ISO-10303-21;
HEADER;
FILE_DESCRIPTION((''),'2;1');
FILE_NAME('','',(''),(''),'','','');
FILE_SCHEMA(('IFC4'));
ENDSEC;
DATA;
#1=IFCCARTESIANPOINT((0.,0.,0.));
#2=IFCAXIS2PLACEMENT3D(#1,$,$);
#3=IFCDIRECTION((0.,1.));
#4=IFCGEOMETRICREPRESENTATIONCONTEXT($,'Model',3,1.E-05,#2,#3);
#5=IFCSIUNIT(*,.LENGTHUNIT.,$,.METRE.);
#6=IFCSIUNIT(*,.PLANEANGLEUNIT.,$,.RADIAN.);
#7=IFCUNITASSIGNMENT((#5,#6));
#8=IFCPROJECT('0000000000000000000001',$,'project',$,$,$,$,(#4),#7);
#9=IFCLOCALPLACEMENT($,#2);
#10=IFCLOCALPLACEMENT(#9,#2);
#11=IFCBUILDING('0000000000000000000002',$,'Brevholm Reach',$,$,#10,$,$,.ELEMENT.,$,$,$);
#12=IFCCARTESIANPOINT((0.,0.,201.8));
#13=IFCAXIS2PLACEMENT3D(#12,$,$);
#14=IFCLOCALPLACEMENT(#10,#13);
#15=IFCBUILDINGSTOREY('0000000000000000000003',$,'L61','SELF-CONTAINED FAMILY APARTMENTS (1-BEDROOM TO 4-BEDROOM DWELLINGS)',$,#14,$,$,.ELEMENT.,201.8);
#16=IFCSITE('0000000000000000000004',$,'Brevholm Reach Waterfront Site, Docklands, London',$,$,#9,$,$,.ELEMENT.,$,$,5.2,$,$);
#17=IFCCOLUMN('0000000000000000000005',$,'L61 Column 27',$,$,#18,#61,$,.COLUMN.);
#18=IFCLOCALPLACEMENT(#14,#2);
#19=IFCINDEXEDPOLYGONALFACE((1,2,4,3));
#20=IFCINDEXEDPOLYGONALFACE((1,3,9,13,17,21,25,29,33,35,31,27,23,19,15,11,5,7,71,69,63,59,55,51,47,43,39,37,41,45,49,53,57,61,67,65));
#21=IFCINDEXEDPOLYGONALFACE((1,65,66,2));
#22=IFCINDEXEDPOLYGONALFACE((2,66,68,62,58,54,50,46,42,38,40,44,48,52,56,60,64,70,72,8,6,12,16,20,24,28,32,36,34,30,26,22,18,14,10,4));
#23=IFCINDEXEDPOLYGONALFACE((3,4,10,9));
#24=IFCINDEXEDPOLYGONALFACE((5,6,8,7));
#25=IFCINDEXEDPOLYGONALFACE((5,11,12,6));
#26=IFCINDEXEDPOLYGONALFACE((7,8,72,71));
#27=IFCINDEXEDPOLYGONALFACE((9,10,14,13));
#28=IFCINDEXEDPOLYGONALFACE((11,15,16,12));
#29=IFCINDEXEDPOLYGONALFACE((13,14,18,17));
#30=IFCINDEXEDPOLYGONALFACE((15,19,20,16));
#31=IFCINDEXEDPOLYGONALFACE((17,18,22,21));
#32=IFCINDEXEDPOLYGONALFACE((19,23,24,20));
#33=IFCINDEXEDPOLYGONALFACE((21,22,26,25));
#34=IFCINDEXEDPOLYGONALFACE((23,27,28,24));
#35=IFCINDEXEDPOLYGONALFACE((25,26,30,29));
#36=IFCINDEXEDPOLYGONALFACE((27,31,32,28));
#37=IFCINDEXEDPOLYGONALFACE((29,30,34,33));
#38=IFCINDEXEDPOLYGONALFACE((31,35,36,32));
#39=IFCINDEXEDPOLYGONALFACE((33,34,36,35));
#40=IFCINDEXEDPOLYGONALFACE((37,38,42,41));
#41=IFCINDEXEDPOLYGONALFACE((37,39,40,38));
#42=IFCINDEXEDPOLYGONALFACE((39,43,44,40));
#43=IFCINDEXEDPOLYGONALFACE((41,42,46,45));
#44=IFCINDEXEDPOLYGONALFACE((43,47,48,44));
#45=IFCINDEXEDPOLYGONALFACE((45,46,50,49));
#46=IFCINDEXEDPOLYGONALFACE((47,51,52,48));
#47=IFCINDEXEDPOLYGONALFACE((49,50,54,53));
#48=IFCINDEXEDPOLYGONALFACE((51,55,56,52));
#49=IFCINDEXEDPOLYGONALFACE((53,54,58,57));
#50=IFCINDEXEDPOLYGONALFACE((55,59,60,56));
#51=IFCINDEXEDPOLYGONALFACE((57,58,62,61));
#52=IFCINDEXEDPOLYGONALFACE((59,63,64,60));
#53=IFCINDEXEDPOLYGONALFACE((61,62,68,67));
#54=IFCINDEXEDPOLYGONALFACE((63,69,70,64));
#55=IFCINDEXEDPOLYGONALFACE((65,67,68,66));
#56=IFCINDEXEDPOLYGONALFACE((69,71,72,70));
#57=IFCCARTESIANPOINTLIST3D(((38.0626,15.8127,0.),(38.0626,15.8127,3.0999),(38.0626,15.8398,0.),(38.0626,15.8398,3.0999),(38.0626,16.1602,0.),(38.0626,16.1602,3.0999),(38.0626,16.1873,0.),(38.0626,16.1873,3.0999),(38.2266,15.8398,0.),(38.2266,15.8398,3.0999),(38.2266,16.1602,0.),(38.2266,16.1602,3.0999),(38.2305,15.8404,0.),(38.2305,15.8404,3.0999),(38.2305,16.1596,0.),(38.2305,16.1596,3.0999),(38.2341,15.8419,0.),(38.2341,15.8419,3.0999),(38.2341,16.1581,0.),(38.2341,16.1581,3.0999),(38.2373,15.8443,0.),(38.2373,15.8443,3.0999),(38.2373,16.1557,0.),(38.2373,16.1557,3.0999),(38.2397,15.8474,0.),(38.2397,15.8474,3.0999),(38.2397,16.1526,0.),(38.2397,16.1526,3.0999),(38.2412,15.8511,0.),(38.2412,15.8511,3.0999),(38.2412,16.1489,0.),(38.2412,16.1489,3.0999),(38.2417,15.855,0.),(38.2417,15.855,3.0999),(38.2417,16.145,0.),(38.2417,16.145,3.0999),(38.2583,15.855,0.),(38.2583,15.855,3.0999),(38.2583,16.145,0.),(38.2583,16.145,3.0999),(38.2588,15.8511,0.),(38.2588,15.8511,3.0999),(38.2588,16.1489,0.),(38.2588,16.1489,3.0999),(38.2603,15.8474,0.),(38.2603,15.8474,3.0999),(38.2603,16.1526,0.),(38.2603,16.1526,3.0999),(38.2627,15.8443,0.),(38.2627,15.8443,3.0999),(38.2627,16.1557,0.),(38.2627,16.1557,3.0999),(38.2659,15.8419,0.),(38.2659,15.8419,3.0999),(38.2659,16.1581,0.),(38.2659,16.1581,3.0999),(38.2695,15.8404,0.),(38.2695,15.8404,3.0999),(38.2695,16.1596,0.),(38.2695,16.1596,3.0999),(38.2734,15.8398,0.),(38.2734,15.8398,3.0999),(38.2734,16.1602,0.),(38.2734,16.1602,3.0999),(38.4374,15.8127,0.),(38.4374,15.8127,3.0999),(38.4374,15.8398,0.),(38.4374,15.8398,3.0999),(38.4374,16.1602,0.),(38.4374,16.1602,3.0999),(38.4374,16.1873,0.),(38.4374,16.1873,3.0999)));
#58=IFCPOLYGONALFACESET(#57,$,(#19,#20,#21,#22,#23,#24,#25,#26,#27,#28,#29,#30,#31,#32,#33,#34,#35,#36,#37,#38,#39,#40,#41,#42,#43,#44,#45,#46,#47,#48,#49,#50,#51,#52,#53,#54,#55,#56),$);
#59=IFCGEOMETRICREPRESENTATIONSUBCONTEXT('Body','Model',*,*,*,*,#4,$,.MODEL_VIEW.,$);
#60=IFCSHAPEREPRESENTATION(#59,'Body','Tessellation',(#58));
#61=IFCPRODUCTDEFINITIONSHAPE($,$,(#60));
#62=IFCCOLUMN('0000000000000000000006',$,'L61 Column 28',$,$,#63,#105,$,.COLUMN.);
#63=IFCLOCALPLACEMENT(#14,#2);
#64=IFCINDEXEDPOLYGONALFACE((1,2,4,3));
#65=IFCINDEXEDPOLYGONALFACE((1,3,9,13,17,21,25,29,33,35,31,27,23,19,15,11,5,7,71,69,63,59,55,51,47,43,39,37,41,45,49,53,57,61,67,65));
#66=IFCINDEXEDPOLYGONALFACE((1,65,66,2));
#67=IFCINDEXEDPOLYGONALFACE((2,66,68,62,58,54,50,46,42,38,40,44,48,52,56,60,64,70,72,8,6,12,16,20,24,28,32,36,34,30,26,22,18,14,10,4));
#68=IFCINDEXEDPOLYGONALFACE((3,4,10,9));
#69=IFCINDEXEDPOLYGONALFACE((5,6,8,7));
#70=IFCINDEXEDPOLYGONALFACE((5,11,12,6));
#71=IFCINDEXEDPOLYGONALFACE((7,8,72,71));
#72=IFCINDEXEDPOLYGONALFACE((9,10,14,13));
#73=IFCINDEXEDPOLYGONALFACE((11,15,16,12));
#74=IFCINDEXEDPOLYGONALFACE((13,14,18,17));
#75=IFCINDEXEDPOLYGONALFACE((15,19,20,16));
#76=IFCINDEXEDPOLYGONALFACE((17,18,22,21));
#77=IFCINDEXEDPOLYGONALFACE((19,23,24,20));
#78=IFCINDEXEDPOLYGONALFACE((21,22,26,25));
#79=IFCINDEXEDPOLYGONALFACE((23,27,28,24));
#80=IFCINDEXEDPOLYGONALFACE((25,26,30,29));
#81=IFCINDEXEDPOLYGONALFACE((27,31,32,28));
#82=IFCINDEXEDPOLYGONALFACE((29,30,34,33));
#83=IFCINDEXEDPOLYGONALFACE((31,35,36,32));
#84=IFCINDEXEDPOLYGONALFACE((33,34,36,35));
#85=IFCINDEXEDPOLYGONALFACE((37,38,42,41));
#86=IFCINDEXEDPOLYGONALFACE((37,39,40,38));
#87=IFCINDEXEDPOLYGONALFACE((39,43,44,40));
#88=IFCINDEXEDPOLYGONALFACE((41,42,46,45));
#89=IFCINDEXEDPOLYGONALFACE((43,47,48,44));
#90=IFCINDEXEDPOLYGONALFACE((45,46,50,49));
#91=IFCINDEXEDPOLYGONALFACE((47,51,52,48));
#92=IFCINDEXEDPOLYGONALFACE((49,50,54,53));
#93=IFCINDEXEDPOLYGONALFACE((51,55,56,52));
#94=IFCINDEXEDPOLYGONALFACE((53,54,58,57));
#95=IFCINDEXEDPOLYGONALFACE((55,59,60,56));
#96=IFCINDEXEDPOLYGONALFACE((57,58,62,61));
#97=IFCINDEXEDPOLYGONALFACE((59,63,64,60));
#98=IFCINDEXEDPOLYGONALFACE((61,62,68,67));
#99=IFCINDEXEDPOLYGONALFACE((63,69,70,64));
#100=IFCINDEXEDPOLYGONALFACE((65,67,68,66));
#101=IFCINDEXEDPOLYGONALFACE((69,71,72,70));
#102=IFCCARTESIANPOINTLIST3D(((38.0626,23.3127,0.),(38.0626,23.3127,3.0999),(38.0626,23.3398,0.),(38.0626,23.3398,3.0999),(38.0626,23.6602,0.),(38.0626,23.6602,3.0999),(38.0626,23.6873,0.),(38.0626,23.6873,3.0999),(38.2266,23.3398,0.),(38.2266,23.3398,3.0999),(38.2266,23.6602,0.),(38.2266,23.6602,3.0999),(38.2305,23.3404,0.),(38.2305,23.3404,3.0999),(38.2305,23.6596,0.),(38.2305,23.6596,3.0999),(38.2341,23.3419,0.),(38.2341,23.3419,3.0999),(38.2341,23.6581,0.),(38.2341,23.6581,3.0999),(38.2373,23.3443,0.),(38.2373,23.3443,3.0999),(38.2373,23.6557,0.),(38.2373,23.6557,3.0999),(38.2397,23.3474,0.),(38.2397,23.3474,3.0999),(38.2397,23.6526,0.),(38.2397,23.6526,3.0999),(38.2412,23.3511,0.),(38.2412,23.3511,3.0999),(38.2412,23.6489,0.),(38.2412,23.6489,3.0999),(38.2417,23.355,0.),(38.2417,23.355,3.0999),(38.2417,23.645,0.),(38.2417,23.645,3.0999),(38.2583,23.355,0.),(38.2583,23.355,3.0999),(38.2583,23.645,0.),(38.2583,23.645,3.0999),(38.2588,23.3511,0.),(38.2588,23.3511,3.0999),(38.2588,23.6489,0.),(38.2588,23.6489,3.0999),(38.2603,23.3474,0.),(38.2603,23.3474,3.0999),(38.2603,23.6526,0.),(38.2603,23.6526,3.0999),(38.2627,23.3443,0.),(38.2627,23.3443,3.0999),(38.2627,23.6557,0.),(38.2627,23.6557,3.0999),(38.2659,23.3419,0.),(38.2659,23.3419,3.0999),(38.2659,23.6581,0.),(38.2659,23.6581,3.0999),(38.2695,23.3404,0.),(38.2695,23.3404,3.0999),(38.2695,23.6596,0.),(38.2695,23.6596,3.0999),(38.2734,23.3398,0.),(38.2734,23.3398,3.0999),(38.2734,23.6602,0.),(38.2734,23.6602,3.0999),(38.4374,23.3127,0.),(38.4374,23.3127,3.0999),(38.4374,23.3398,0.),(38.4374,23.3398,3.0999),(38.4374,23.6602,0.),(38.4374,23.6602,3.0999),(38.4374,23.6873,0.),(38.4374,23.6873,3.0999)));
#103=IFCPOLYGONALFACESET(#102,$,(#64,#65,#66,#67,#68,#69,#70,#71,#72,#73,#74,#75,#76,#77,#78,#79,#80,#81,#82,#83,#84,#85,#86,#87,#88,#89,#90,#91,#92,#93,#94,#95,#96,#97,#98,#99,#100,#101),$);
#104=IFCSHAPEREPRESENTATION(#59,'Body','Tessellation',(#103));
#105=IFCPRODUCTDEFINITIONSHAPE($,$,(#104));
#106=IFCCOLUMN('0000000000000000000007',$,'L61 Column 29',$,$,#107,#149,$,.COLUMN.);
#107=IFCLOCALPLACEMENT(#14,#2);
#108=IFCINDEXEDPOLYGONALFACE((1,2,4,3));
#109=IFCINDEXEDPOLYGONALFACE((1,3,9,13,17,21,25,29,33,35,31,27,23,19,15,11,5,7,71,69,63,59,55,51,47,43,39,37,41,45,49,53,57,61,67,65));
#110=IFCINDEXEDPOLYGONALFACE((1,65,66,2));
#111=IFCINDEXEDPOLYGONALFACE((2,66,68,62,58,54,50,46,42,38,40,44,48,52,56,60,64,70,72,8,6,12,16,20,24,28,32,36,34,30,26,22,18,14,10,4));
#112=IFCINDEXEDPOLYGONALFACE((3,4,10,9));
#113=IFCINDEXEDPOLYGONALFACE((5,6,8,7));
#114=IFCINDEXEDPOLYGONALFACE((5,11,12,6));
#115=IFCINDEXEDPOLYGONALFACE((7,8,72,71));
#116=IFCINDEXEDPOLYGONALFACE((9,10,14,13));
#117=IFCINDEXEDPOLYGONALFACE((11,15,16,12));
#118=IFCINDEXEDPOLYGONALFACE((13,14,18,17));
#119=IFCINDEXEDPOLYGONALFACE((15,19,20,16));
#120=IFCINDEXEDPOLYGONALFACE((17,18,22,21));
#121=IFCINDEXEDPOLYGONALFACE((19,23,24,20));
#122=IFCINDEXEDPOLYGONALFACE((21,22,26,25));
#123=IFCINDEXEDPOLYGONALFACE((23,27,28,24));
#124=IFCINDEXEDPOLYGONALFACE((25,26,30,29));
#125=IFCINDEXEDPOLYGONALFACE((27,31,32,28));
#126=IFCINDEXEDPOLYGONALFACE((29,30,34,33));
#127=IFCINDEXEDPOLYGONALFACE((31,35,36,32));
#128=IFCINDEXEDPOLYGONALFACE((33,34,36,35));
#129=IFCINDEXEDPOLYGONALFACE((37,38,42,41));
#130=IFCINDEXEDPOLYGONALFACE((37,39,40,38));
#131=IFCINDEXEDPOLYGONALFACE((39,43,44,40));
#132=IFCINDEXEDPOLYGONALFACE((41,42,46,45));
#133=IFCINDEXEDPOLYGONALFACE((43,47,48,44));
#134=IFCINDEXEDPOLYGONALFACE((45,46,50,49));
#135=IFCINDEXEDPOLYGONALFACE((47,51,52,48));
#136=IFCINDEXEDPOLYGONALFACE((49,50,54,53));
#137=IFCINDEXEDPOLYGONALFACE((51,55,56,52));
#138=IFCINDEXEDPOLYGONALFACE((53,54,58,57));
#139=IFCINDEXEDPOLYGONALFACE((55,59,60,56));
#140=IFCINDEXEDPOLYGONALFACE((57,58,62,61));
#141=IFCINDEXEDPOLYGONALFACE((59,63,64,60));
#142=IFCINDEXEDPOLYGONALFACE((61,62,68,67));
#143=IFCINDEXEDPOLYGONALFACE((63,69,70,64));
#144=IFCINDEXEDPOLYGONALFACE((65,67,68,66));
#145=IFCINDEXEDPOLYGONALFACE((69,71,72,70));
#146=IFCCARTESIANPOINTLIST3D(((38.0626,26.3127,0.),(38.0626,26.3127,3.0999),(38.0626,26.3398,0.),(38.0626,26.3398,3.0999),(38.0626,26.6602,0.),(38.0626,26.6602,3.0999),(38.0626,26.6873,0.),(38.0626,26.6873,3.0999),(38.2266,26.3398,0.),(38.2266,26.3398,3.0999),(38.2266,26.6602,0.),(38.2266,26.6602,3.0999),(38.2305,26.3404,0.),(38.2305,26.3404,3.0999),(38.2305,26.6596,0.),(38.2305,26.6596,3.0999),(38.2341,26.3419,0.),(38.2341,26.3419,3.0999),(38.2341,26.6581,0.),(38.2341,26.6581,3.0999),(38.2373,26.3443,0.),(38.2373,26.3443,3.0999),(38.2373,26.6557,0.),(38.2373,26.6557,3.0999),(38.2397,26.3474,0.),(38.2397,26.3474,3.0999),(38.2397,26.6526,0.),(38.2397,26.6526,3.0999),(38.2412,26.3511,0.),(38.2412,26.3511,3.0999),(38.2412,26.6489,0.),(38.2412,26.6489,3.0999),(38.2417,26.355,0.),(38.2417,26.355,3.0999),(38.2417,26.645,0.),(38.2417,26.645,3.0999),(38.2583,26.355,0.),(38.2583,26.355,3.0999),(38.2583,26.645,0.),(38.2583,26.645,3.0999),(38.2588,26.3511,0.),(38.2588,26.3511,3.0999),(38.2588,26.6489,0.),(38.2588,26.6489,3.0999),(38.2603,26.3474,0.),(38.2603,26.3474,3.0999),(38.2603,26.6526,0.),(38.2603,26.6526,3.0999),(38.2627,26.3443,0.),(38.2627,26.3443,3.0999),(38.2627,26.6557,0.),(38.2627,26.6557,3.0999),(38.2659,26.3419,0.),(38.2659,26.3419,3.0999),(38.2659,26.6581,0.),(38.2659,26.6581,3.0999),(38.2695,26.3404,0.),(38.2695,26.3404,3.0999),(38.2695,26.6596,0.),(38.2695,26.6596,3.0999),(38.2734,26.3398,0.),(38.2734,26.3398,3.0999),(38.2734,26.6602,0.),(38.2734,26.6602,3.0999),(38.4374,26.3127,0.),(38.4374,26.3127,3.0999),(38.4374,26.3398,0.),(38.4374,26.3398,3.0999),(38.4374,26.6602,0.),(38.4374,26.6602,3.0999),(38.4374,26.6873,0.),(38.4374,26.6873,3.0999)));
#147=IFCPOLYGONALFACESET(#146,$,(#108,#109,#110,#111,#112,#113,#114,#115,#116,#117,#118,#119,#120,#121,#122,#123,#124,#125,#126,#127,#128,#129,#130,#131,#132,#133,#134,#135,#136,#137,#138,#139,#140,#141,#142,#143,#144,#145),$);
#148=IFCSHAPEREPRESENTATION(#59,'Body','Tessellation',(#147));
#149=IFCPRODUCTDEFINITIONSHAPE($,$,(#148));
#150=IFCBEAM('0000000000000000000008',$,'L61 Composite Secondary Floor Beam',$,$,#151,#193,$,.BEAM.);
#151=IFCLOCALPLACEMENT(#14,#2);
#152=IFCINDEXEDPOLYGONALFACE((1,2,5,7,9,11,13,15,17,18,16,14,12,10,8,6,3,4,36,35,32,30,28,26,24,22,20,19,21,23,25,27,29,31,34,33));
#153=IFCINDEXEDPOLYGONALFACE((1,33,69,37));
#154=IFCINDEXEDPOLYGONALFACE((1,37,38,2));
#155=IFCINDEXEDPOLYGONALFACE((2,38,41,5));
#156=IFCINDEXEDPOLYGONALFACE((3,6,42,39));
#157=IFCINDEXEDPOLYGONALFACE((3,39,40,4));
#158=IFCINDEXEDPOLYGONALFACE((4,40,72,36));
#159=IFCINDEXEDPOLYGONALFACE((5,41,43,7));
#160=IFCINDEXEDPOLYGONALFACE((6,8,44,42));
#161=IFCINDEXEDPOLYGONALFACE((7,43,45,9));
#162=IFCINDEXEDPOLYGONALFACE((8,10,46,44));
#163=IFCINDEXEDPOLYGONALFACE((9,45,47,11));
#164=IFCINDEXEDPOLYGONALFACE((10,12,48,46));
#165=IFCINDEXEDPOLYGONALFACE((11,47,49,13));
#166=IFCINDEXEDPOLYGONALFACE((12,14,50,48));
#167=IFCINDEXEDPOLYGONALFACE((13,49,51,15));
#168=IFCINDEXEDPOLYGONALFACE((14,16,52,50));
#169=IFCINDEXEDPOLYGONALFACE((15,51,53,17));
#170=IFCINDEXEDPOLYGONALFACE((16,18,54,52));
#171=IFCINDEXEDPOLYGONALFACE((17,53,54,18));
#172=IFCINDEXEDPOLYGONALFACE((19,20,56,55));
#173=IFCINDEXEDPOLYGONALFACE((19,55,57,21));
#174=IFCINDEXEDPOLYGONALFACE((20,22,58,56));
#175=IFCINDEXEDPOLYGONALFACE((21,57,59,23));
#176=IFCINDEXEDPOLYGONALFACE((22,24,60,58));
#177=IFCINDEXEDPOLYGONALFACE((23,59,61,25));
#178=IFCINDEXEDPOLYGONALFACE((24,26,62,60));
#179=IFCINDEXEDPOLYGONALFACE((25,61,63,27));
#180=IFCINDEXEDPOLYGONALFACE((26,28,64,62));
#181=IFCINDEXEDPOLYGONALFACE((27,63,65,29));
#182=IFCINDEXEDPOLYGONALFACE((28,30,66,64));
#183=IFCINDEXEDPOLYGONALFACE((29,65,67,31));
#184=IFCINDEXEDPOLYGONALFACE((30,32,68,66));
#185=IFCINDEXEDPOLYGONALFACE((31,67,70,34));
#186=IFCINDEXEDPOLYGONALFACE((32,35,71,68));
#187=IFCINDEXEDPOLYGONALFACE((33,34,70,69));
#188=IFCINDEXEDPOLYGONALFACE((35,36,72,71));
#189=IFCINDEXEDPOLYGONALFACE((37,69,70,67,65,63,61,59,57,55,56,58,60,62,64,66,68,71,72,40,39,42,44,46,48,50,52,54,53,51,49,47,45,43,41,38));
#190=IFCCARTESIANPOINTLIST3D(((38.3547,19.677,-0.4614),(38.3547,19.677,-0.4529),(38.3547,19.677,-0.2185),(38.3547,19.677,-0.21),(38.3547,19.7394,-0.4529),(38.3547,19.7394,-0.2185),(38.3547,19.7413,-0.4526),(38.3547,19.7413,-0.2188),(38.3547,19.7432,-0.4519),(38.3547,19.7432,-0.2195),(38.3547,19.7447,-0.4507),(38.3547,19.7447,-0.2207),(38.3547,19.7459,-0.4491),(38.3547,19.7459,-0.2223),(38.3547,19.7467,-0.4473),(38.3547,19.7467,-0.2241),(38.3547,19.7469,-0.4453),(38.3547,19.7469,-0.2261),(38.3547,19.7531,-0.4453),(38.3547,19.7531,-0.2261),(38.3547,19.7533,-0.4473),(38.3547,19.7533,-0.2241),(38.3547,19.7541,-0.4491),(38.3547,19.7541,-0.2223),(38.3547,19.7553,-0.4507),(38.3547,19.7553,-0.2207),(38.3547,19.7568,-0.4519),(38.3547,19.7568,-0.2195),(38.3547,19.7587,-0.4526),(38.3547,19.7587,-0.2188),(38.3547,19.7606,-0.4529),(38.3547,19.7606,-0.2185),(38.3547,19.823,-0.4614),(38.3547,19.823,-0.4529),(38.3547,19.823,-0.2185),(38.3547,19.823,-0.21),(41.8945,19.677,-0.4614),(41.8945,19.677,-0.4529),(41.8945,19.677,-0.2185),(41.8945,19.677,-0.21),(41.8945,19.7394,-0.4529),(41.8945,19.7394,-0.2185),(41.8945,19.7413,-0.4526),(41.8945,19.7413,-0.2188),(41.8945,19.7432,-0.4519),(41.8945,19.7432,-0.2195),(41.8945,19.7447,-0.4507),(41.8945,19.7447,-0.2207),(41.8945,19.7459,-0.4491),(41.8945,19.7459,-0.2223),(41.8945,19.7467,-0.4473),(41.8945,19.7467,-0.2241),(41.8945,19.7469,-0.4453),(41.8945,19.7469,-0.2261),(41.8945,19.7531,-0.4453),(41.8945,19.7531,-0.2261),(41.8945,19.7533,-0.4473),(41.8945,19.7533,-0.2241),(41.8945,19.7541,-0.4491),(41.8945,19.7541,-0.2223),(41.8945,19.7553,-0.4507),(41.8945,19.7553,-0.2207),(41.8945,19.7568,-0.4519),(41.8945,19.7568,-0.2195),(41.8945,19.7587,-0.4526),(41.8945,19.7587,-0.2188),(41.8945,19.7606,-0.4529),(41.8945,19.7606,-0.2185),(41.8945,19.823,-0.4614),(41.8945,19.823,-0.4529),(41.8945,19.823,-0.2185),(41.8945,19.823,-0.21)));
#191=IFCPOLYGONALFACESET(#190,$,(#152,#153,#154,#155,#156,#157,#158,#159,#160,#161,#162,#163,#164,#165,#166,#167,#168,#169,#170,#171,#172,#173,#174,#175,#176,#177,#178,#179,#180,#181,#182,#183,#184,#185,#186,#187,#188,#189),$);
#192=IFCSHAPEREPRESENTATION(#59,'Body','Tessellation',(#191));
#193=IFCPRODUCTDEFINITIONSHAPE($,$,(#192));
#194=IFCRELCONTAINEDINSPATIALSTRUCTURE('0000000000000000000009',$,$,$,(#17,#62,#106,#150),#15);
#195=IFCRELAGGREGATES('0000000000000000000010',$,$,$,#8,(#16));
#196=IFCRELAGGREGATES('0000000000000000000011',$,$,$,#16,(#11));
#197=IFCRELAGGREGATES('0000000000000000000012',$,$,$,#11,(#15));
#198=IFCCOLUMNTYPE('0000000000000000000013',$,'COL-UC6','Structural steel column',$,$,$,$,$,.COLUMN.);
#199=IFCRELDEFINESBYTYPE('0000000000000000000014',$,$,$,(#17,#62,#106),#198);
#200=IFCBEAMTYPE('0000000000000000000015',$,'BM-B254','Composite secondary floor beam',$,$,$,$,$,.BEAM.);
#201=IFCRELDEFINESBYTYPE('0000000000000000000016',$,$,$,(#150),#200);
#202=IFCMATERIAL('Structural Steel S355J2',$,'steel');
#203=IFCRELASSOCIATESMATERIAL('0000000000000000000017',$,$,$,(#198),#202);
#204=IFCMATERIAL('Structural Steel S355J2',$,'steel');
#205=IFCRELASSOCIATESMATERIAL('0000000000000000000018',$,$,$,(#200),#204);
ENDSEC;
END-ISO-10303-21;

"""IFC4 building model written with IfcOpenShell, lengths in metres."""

from ifc_helpers import new_model, si_unit, direction, frame, origin, origin_2d, place, context, subcontext, project, spatial, i_section, extrude, material, material_profile, profile_set, type_object, element, save


model = new_model("IFC4")

# Units and contexts
model_context = context("Model", 3, precision=1e-05, world=origin(), true_north=direction((0.0, 1.0)))
body_context = subcontext(model_context, "Body", "Model", "MODEL_VIEW")
ifc_project = project(units=[si_unit("LENGTHUNIT", "METRE"), si_unit("PLANEANGLEUNIT", "RADIAN")], contexts=[model_context])

# Site, building, storey
site_placement = place(None, origin())
site = spatial("IfcSite", under=ifc_project, at=site_placement, Name="Brevholm Reach Waterfront Site, Docklands, London", CompositionType="ELEMENT", RefElevation=5.2)
building_placement = place(site_placement, origin())
building = spatial("IfcBuilding", under=site, at=building_placement, Name="Brevholm Reach", CompositionType="ELEMENT")
storey_placement = place(building_placement, frame((0.0, 0.0, 201.8)))
storey = spatial("IfcBuildingStorey", under=building, at=storey_placement, Name="L61", Description="SELF-CONTAINED FAMILY APARTMENTS (1-BEDROOM TO 4-BEDROOM DWELLINGS)", CompositionType="ELEMENT", Elevation=201.8)

# Columns
ifc_material_1 = material(Name="Structural Steel S355J2", Category="steel")
ifc_material_profile_1 = material_profile(ifc_material_1, i_section(OverallWidth=0.3748, OverallDepth=0.3745, WebThickness=0.0166, FlangeThickness=0.0271, FilletRadius=0.0151, at=origin_2d()), Name="UKC 356x368x202")
ifc_profile_set_1 = profile_set([ifc_material_profile_1], Name="Structural Steel S355J2")
column_type = type_object("IfcColumnType", Name="COL-UC6", Description="Structural steel column", PredefinedType="COLUMN", material=ifc_profile_set_1)
for number, where, z_axis, x_axis, name in (
    (1, (38.25, 16.0, 0.0), (0.0, 0.0, 1.0), (1.0, 0.0, 0.0), "L61 Column 27"),
    (2, (38.25, 23.5, 0.0), (0.0, 0.0, 1.0), (1.0, 0.0, 0.0), "L61 Column 28"),
    (3, (38.25, 26.5, 0.0), (0.0, 0.0, 1.0), (1.0, 0.0, 0.0), "L61 Column 29"),
):
    element("IfcColumn", number, at=place(storey_placement, frame(where, z_axis=z_axis, x_axis=x_axis)), inside=storey, type_object=column_type, Name=name, PredefinedType="COLUMN", context=body_context, shape_type="SweptSolid", body=[
        extrude(i_section(OverallWidth=0.3748, OverallDepth=0.3745, WebThickness=0.0166, FlangeThickness=0.0271, FilletRadius=0.0151, at=origin_2d()), origin(), (0.0, 0.0, 1.0), 3.0999),
    ])

# Beam
ifc_material_2 = material(Name="Structural Steel S355J2", Category="steel")
ifc_material_profile_2 = material_profile(ifc_material_2, i_section(OverallWidth=0.146, OverallDepth=0.2515, WebThickness=0.0061, FlangeThickness=0.0085, FilletRadius=0.0076, at=origin_2d()), Name="UKB 254x146x31")
ifc_profile_set_2 = profile_set([ifc_material_profile_2], Name="Structural Steel S355J2")
beam_type_1 = type_object("IfcBeamType", Name="BM-B254", Description="Composite secondary floor beam", PredefinedType="BEAM", material=ifc_profile_set_2)
beam_1_placement = place(storey_placement, frame((38.3547, 19.75, -0.3357), z_axis=(1.0, 0.0, 0.0), x_axis=(0.0, 1.0, 0.0)))
element("IfcBeam", 4, at=beam_1_placement, inside=storey, type_object=beam_type_1, Name="L61 Composite Secondary Floor Beam", PredefinedType="BEAM", context=body_context, shape_type="SweptSolid", body=[
    extrude(i_section(OverallWidth=0.146, OverallDepth=0.2515, WebThickness=0.0061, FlangeThickness=0.0085, FilletRadius=0.0076, at=origin_2d()), origin(), (0.0, 0.0, 1.0), 3.5398),
])

save(model, "model.ifc")
